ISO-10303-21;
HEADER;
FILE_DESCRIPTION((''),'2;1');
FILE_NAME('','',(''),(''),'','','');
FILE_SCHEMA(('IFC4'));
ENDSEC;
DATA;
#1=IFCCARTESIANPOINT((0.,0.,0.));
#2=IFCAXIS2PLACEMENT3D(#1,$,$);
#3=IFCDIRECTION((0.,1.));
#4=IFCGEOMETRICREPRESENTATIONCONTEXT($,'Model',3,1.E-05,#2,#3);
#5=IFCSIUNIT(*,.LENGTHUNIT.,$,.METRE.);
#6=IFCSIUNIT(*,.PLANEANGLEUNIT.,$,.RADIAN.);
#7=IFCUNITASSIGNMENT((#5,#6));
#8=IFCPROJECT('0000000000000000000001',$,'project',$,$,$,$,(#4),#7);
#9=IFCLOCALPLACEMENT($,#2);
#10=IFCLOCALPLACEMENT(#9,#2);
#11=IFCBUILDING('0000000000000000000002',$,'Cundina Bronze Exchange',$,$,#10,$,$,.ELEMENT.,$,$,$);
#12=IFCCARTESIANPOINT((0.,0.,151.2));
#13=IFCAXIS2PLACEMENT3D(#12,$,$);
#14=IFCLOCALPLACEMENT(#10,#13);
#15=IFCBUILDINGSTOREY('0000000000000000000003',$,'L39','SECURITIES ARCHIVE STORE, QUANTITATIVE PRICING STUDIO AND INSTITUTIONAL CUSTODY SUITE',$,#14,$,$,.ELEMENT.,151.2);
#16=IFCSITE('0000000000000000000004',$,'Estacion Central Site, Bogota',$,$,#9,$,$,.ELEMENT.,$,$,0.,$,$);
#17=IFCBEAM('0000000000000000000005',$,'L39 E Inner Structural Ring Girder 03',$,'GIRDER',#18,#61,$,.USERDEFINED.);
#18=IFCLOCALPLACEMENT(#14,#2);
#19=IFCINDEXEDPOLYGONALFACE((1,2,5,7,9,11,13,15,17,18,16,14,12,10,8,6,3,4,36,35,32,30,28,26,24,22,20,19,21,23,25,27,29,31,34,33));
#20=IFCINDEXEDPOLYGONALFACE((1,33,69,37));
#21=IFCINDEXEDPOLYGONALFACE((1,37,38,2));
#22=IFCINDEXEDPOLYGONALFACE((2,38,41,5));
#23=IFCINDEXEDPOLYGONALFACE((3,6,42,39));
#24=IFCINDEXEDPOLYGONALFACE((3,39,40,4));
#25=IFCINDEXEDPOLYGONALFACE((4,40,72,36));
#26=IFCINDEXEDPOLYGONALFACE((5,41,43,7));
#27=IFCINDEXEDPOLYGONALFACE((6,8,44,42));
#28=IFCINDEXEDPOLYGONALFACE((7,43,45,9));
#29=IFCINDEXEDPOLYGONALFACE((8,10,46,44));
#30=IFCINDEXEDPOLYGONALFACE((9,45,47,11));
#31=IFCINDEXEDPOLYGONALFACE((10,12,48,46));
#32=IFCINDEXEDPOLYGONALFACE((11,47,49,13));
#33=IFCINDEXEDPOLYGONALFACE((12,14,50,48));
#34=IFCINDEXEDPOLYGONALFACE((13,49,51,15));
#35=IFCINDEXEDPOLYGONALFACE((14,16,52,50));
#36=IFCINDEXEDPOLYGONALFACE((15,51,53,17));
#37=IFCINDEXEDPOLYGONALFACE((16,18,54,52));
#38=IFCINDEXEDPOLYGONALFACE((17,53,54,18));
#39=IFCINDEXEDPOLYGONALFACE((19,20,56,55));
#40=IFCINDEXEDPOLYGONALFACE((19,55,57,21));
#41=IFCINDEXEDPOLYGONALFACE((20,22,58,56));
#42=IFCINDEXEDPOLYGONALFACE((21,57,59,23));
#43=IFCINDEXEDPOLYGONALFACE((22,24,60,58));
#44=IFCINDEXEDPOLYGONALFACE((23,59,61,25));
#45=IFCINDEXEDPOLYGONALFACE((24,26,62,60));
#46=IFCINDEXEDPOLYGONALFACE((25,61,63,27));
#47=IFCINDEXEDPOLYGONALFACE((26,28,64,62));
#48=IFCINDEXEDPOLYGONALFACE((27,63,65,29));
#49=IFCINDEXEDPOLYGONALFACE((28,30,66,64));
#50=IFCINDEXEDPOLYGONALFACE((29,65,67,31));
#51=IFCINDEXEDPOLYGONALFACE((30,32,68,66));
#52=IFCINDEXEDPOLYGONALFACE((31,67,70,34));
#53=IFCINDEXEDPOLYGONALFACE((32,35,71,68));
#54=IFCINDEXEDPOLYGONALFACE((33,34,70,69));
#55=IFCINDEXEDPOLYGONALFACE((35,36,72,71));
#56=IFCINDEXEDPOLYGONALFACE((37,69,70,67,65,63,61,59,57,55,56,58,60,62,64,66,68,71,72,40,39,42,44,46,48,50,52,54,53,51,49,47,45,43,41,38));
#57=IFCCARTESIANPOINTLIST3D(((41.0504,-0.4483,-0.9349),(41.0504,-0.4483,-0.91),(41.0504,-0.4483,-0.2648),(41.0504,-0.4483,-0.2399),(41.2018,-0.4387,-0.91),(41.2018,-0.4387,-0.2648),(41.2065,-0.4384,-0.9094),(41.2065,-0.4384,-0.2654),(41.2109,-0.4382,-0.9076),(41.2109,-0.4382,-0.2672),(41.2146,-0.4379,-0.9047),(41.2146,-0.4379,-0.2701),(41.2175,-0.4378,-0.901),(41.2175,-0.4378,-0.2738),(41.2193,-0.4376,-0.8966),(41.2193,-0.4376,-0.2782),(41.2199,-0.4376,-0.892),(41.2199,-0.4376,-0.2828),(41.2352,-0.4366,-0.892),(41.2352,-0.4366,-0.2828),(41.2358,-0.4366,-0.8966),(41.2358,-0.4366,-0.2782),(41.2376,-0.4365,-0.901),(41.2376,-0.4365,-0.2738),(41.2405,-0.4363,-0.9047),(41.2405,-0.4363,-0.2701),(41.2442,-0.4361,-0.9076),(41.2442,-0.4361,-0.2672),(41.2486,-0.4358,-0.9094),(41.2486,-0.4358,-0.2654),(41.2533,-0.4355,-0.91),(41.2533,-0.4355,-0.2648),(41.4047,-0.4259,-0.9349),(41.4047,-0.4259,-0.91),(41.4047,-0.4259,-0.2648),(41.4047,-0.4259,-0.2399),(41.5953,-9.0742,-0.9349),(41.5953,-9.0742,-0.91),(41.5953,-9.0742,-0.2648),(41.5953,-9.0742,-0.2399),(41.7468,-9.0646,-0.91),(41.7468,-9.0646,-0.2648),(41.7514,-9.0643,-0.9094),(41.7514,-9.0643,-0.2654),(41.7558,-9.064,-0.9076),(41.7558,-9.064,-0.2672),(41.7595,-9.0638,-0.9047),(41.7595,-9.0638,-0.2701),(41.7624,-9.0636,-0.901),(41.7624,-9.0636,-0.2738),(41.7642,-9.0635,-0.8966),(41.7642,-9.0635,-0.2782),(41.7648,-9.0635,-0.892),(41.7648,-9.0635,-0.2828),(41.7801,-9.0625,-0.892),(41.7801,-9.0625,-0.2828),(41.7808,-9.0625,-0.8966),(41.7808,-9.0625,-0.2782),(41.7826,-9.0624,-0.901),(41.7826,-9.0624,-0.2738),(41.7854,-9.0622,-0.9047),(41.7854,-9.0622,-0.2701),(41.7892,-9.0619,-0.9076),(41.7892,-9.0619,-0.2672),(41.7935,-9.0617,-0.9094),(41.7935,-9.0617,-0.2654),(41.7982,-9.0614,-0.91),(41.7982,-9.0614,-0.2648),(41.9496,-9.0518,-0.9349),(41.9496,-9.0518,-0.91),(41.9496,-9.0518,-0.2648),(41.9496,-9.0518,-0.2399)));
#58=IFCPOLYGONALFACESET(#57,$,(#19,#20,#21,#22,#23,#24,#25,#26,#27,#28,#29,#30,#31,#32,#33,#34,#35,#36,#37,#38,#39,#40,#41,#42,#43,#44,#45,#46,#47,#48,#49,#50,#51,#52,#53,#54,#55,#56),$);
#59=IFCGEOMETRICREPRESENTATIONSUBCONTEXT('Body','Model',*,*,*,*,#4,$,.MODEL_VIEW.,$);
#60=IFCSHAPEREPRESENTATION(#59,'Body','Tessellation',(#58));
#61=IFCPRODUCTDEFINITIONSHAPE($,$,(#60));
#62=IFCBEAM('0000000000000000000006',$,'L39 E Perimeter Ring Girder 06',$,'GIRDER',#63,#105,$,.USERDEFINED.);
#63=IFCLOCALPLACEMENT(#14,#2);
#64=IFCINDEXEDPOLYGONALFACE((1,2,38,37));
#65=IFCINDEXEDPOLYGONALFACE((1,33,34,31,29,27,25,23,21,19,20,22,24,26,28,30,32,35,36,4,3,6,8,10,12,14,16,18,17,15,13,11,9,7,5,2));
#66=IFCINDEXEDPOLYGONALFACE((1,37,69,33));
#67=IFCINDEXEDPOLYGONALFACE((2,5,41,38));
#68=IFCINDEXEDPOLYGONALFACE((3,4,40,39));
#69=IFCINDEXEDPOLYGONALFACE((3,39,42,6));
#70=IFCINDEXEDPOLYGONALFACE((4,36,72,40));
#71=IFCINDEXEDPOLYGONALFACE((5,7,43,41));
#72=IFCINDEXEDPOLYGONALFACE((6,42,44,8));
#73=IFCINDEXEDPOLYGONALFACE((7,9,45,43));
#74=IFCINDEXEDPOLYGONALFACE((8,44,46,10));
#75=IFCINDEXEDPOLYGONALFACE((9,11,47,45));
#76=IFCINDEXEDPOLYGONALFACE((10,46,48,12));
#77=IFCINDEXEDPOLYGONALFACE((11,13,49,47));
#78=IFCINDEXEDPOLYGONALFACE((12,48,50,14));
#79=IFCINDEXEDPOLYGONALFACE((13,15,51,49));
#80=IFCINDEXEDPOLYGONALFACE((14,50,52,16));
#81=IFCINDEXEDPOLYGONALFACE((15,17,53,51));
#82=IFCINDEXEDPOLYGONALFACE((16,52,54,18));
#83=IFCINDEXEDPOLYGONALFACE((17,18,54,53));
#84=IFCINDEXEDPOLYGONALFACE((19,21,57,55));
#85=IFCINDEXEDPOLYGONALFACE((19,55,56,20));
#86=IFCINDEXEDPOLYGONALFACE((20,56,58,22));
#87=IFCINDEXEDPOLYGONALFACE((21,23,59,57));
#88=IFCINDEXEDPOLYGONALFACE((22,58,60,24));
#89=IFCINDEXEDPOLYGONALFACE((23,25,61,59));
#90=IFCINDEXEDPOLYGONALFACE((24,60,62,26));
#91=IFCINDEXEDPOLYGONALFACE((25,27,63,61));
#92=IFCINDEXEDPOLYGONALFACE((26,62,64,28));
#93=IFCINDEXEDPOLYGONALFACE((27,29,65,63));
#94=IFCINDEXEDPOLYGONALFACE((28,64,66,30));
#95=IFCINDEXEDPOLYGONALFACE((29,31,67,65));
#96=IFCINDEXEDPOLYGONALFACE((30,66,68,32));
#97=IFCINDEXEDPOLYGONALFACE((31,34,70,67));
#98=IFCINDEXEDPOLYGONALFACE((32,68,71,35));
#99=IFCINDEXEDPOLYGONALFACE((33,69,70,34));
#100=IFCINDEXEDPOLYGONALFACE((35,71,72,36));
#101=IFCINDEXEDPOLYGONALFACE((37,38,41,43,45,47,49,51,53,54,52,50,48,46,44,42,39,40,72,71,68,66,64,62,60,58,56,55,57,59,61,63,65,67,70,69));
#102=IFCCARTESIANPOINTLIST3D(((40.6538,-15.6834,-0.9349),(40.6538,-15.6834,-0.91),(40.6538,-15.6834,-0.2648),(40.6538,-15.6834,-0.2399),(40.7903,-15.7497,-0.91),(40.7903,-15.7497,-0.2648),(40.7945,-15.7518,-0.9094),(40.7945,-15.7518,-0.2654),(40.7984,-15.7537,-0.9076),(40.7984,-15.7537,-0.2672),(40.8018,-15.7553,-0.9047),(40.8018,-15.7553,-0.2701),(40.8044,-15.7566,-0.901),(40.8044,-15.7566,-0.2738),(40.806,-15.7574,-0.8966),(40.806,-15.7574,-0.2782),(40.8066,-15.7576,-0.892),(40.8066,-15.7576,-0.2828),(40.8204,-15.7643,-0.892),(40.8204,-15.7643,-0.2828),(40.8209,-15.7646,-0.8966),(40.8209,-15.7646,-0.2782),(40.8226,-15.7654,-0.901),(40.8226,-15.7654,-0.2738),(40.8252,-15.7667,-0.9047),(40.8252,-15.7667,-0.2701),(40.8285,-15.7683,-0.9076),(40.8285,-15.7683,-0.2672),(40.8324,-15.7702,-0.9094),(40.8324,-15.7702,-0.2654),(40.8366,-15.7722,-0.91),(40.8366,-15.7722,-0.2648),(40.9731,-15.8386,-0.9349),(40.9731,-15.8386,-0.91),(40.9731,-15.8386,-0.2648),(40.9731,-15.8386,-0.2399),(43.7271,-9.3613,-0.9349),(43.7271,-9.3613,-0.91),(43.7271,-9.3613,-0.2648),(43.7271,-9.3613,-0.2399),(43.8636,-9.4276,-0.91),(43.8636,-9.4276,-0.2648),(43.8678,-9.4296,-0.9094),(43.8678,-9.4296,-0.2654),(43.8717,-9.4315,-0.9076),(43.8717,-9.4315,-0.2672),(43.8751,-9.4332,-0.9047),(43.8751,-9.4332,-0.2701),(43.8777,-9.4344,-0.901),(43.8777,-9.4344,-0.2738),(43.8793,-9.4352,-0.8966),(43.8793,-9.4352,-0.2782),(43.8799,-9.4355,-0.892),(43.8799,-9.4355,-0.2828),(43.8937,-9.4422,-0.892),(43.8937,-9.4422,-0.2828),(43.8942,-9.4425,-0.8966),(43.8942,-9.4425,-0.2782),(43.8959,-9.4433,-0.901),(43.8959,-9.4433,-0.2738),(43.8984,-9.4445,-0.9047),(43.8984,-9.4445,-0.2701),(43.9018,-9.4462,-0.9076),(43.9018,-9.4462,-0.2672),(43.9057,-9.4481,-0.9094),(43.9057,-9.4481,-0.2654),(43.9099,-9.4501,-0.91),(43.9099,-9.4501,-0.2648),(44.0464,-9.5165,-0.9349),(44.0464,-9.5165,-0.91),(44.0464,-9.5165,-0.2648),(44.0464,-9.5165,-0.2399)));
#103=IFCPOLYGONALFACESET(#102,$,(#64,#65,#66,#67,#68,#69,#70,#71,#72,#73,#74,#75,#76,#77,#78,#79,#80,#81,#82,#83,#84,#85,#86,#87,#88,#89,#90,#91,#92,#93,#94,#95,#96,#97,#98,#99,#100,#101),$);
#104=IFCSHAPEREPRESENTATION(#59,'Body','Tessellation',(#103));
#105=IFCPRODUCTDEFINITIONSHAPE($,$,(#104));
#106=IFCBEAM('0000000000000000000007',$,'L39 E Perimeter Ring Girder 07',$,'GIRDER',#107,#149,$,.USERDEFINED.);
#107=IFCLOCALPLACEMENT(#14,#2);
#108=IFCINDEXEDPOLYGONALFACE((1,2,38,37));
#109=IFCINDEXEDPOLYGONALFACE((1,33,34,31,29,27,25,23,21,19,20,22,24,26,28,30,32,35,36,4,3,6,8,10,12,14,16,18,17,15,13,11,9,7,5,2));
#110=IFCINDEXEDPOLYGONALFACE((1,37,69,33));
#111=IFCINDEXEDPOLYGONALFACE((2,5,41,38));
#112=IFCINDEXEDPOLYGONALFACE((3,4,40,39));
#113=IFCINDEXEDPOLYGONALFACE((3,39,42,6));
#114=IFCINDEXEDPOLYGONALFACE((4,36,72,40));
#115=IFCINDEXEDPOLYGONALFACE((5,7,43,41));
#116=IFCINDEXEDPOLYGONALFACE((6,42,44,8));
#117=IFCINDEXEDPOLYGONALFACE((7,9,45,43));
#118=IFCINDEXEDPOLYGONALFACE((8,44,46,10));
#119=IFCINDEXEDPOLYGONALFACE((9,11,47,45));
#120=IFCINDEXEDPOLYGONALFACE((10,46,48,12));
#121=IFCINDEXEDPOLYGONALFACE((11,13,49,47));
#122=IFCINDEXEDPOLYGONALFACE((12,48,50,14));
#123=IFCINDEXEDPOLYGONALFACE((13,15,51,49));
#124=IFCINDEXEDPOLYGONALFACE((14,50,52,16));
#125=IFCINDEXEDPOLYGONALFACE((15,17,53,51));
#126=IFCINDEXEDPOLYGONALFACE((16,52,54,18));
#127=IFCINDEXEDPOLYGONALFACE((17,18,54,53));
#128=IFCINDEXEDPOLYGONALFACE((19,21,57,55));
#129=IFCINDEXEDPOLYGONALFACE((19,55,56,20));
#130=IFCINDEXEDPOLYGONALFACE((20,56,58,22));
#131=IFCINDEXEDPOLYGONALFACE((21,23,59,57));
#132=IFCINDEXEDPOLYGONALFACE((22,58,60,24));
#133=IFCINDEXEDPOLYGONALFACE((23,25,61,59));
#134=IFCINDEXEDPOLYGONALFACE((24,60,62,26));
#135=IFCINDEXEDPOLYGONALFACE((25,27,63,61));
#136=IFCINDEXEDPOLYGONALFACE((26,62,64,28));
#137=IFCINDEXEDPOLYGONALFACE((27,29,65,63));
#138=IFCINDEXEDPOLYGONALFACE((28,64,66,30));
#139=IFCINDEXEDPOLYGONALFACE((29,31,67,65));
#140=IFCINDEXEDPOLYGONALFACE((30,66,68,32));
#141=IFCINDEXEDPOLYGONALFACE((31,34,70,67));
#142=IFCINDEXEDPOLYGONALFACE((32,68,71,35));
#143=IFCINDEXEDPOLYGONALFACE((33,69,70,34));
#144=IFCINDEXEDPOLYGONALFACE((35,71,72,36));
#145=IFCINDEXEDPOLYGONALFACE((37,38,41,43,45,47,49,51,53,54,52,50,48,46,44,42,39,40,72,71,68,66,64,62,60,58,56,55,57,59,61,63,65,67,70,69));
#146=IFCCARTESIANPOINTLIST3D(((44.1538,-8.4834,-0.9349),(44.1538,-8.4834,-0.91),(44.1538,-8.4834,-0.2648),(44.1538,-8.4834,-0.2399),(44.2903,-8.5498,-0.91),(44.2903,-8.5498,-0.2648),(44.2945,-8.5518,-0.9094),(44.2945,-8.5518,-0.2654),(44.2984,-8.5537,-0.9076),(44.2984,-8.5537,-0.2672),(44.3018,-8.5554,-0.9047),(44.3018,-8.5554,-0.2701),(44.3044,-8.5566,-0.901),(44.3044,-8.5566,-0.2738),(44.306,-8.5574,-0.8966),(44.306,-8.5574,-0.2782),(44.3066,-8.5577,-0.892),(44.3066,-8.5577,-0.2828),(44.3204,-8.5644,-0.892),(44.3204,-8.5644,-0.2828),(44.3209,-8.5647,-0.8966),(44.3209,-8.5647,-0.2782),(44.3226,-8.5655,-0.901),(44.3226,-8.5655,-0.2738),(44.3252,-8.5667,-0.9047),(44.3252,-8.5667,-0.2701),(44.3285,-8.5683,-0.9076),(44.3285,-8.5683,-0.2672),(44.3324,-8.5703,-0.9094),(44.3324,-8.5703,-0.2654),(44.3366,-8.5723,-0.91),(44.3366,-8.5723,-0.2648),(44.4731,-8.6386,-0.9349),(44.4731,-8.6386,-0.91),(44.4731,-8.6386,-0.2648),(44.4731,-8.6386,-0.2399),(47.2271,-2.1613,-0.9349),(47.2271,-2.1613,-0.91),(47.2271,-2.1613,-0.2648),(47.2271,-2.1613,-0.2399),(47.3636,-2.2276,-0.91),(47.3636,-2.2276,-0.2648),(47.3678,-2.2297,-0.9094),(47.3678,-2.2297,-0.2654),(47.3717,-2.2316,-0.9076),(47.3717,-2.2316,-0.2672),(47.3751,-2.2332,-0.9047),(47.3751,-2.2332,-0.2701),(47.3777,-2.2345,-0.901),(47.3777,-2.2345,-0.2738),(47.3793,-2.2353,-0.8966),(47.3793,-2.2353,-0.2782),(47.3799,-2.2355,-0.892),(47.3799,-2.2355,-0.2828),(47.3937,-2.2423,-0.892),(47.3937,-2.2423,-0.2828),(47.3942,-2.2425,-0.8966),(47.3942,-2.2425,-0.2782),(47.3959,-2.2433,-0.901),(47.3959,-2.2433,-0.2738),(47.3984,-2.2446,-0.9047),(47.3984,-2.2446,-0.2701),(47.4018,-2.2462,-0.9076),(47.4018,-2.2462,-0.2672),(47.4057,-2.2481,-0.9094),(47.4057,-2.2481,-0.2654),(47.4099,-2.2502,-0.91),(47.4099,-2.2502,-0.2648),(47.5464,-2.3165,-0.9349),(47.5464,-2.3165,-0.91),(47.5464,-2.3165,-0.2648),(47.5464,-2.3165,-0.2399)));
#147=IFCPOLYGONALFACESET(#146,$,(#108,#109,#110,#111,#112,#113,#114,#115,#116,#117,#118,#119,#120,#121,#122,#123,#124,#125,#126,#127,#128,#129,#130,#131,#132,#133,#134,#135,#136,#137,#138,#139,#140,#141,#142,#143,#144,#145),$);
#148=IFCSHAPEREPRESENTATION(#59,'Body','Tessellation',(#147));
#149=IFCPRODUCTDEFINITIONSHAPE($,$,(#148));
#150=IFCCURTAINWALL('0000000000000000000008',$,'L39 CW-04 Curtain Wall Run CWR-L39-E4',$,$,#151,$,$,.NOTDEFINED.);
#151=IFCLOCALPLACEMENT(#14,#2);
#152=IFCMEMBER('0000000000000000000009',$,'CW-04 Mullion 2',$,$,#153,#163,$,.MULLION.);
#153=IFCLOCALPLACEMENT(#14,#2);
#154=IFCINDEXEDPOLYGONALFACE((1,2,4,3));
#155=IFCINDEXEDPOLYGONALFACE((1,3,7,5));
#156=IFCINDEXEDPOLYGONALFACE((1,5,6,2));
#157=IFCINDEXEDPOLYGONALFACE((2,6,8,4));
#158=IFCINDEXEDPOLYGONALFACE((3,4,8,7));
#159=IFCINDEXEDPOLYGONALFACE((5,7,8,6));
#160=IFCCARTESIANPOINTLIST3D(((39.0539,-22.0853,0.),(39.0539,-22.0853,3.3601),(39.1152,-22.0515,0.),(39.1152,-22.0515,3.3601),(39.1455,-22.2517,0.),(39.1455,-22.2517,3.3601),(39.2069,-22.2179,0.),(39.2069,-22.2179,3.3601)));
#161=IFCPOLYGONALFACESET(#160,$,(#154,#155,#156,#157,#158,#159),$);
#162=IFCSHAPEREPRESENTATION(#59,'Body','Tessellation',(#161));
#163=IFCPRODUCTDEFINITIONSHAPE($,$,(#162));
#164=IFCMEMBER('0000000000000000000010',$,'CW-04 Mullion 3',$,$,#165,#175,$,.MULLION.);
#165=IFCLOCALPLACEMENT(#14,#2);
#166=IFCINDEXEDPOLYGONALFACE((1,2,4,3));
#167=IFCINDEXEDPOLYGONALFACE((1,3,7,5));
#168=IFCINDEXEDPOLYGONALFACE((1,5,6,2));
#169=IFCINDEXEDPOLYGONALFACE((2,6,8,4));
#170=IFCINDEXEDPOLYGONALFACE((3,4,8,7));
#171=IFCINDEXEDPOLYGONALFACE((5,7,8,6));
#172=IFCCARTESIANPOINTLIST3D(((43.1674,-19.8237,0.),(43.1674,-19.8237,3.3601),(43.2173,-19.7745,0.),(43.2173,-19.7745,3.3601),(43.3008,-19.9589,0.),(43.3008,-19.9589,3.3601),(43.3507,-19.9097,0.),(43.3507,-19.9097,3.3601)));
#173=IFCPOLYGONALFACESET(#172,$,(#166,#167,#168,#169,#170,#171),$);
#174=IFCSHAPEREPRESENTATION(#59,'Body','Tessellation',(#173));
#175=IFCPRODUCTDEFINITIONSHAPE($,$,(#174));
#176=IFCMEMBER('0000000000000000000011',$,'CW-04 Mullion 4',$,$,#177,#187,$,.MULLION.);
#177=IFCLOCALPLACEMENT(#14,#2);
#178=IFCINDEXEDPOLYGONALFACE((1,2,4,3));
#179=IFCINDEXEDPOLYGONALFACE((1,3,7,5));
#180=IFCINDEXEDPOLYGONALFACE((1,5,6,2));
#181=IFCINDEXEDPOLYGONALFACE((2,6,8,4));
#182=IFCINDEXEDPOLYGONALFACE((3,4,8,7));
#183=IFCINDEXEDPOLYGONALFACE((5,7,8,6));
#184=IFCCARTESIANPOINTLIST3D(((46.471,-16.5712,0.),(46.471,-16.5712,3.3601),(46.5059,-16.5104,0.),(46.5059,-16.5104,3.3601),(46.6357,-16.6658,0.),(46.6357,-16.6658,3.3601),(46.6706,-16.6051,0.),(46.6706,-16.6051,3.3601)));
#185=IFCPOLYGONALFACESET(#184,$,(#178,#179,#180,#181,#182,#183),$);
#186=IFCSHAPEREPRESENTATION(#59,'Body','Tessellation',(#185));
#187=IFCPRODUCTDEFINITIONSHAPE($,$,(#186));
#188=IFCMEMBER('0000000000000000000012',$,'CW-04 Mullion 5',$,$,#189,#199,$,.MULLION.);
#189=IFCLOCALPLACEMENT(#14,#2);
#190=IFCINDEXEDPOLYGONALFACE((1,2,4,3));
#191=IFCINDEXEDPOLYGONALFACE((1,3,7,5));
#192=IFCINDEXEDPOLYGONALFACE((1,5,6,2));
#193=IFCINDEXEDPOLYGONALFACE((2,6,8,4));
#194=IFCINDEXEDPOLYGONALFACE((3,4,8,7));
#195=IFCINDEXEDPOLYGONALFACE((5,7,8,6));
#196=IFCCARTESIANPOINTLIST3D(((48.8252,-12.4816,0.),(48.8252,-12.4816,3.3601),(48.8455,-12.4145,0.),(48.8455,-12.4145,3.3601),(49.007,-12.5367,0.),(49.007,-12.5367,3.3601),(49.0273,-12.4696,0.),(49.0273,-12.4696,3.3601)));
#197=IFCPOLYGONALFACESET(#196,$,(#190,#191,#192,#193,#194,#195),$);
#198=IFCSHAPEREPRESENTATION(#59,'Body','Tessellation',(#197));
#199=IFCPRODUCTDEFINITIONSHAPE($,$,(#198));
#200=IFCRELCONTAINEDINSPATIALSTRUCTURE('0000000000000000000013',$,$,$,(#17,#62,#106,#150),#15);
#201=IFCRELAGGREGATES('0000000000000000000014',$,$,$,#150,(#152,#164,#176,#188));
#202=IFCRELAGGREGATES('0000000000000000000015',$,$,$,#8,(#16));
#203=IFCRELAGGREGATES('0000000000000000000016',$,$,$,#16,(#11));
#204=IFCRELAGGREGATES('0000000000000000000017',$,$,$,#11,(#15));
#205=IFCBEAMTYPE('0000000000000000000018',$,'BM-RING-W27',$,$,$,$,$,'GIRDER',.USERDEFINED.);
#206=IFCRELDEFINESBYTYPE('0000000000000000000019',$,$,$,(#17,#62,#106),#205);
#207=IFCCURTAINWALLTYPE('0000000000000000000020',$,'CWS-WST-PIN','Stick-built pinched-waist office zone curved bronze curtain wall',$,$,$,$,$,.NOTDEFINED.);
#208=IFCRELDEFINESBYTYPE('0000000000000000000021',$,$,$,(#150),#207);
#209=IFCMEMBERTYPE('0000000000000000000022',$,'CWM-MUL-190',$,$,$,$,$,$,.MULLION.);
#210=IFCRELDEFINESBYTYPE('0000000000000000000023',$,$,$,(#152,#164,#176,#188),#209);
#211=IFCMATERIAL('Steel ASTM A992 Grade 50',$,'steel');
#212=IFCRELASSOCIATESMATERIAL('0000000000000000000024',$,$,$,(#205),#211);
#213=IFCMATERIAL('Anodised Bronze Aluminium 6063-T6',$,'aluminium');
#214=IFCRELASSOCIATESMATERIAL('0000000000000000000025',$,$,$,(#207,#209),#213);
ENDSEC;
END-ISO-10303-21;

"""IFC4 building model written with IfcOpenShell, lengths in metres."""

from ifc_helpers import new_model, si_unit, direction, frame, origin, origin_2d, place, context, subcontext, project, spatial, rectangle, i_section, extrude, material, material_profile, profile_set, type_object, element, aggregate, save


model = new_model("IFC4")

# Units and contexts
model_context = context("Model", 3, precision=1e-05, world=origin(), true_north=direction((0.0, 1.0)))
body_context = subcontext(model_context, "Body", "Model", "MODEL_VIEW")
ifc_project = project(units=[si_unit("LENGTHUNIT", "METRE"), si_unit("PLANEANGLEUNIT", "RADIAN")], contexts=[model_context])

# Site, building, storey
site_placement = place(None, origin())
site = spatial("IfcSite", under=ifc_project, at=site_placement, Name="Estacion Central Site, Bogota", CompositionType="ELEMENT", RefElevation=0.0)
building_placement = place(site_placement, origin())
building = spatial("IfcBuilding", under=site, at=building_placement, Name="Cundina Bronze Exchange", CompositionType="ELEMENT")
storey_placement = place(building_placement, frame((0.0, 0.0, 151.2)))
storey = spatial("IfcBuildingStorey", under=building, at=storey_placement, Name="L39", Description="SECURITIES ARCHIVE STORE, QUANTITATIVE PRICING STUDIO AND INSTITUTIONAL CUSTODY SUITE", CompositionType="ELEMENT", Elevation=151.2)

# Beams
ifc_material_1 = material(Name="Steel ASTM A992 Grade 50", Category="steel")
ifc_material_profile_1 = material_profile(ifc_material_1, i_section(OverallWidth=0.355, OverallDepth=0.6951, WebThickness=0.0154, FlangeThickness=0.0249, FilletRadius=0.0181, at=origin_2d()), Name="W27X146", Category="steel")
ifc_profile_set_1 = profile_set([ifc_material_profile_1], Name="Steel ASTM A992 Grade 50")
beam_type_1 = type_object("IfcBeamType", Name="BM-RING-W27", ElementType="GIRDER", PredefinedType="USERDEFINED", material=ifc_profile_set_1)
beam_1_placement = place(storey_placement, frame((41.7725, -9.063, -0.5874), z_axis=(-0.063047, 0.998011, 0.0), x_axis=(-0.998011, -0.063047, 0.0)))
element("IfcBeam", 1, at=beam_1_placement, inside=storey, type_object=beam_type_1, Name="L39 E Inner Structural Ring Girder 03", ObjectType="GIRDER", PredefinedType="USERDEFINED", context=body_context, shape_type="SweptSolid", body=[
    extrude(i_section(OverallWidth=0.355, OverallDepth=0.6951, WebThickness=0.0154, FlangeThickness=0.0249, FilletRadius=0.0181, at=origin_2d()), origin(), (0.0, 0.0, 1.0), 8.6431),
])
for number, where, z_axis, x_axis, name in (
    (2, (40.8135, -15.761, -0.5874), (0.437197, 0.899366, 0.0), (-0.899366, 0.437197, 0.0), "L39 E Perimeter Ring Girder 06"),
    (3, (44.3135, -8.561, -0.5874), (0.437197, 0.899366, 0.0), (-0.899366, 0.437197, 0.0), "L39 E Perimeter Ring Girder 07"),
):
    element("IfcBeam", number, at=place(storey_placement, frame(where, z_axis=z_axis, x_axis=x_axis)), inside=storey, type_object=beam_type_1, Name=name, ObjectType="GIRDER", PredefinedType="USERDEFINED", context=body_context, shape_type="SweptSolid", body=[
        extrude(i_section(OverallWidth=0.355, OverallDepth=0.6951, WebThickness=0.0154, FlangeThickness=0.0249, FilletRadius=0.0181, at=origin_2d()), origin(), (0.0, 0.0, 1.0), 7.0295),
    ])

# Curtain wall, members
ifc_material_2 = material(Name="Anodised Bronze Aluminium 6063-T6", Category="aluminium")
curtain_wall_type = type_object("IfcCurtainWallType", Name="CWS-WST-PIN", Description="Stick-built pinched-waist office zone curved bronze curtain wall", PredefinedType="NOTDEFINED", material=ifc_material_2)
curtain_wall_placement = place(storey_placement, origin())
curtain_wall = element("IfcCurtainWall", 4, at=curtain_wall_placement, inside=storey, type_object=curtain_wall_type, Name="L39 CW-04 Curtain Wall Run CWR-L39-E4", PredefinedType="NOTDEFINED")
ifc_material_profile_2 = material_profile(ifc_material_2, rectangle(XDim=0.0701, YDim=0.1899, at=origin_2d()), Name="AL70X190", Category="aluminium")
ifc_profile_set_2 = profile_set([ifc_material_profile_2], Name="Anodised Bronze Aluminium 6063-T6")
member_type_1 = type_object("IfcMemberType", Name="CWM-MUL-190", PredefinedType="MULLION", material=ifc_profile_set_2)
member_1_placement = place(storey_placement, frame((39.1304, -22.1516, 0.0), z_axis=(0.0, 0.0, 1.0), x_axis=(0.875886, 0.482518, 0.0)))
member_1 = element("IfcMember", 5, at=member_1_placement, type_object=member_type_1, Name="CW-04 Mullion 2", PredefinedType="MULLION", context=body_context, shape_type="SweptSolid", body=[
    extrude(rectangle(XDim=0.0701, YDim=0.1899, at=origin_2d()), origin(), (0.0, 0.0, 1.0), 3.3601),
])
member_2_placement = place(storey_placement, frame((43.259, -19.8667, 0.0), z_axis=(0.0, 0.0, 1.0), x_axis=(0.712026, 0.702153, 0.0)))
member_2 = element("IfcMember", 6, at=member_2_placement, type_object=member_type_1, Name="CW-04 Mullion 3", PredefinedType="MULLION", context=body_context, shape_type="SweptSolid", body=[
    extrude(rectangle(XDim=0.0701, YDim=0.1899, at=origin_2d()), origin(), (0.0, 0.0, 1.0), 3.3601),
])
member_3_placement = place(storey_placement, frame((46.5708, -16.5881, 0.0), z_axis=(0.0, 0.0, 1.0), x_axis=(0.498488, 0.866897, 0.0)))
member_3 = element("IfcMember", 7, at=member_3_placement, type_object=member_type_1, Name="CW-04 Mullion 4", PredefinedType="MULLION", context=body_context, shape_type="SweptSolid", body=[
    extrude(rectangle(XDim=0.0701, YDim=0.1899, at=origin_2d()), origin(), (0.0, 0.0, 1.0), 3.3601),
])
member_4_placement = place(storey_placement, frame((48.9263, -12.4756, 0.0), z_axis=(0.0, 0.0, 1.0), x_axis=(0.290034, 0.957016, 0.0)))
member_4 = element("IfcMember", 8, at=member_4_placement, type_object=member_type_1, Name="CW-04 Mullion 5", PredefinedType="MULLION", context=body_context, shape_type="SweptSolid", body=[
    extrude(rectangle(XDim=0.0701, YDim=0.1899, at=origin_2d()), origin(), (0.0, 0.0, 1.0), 3.3601),
])
aggregate(curtain_wall, [member_1, member_2, member_3, member_4])

save(model, "model.ifc")
